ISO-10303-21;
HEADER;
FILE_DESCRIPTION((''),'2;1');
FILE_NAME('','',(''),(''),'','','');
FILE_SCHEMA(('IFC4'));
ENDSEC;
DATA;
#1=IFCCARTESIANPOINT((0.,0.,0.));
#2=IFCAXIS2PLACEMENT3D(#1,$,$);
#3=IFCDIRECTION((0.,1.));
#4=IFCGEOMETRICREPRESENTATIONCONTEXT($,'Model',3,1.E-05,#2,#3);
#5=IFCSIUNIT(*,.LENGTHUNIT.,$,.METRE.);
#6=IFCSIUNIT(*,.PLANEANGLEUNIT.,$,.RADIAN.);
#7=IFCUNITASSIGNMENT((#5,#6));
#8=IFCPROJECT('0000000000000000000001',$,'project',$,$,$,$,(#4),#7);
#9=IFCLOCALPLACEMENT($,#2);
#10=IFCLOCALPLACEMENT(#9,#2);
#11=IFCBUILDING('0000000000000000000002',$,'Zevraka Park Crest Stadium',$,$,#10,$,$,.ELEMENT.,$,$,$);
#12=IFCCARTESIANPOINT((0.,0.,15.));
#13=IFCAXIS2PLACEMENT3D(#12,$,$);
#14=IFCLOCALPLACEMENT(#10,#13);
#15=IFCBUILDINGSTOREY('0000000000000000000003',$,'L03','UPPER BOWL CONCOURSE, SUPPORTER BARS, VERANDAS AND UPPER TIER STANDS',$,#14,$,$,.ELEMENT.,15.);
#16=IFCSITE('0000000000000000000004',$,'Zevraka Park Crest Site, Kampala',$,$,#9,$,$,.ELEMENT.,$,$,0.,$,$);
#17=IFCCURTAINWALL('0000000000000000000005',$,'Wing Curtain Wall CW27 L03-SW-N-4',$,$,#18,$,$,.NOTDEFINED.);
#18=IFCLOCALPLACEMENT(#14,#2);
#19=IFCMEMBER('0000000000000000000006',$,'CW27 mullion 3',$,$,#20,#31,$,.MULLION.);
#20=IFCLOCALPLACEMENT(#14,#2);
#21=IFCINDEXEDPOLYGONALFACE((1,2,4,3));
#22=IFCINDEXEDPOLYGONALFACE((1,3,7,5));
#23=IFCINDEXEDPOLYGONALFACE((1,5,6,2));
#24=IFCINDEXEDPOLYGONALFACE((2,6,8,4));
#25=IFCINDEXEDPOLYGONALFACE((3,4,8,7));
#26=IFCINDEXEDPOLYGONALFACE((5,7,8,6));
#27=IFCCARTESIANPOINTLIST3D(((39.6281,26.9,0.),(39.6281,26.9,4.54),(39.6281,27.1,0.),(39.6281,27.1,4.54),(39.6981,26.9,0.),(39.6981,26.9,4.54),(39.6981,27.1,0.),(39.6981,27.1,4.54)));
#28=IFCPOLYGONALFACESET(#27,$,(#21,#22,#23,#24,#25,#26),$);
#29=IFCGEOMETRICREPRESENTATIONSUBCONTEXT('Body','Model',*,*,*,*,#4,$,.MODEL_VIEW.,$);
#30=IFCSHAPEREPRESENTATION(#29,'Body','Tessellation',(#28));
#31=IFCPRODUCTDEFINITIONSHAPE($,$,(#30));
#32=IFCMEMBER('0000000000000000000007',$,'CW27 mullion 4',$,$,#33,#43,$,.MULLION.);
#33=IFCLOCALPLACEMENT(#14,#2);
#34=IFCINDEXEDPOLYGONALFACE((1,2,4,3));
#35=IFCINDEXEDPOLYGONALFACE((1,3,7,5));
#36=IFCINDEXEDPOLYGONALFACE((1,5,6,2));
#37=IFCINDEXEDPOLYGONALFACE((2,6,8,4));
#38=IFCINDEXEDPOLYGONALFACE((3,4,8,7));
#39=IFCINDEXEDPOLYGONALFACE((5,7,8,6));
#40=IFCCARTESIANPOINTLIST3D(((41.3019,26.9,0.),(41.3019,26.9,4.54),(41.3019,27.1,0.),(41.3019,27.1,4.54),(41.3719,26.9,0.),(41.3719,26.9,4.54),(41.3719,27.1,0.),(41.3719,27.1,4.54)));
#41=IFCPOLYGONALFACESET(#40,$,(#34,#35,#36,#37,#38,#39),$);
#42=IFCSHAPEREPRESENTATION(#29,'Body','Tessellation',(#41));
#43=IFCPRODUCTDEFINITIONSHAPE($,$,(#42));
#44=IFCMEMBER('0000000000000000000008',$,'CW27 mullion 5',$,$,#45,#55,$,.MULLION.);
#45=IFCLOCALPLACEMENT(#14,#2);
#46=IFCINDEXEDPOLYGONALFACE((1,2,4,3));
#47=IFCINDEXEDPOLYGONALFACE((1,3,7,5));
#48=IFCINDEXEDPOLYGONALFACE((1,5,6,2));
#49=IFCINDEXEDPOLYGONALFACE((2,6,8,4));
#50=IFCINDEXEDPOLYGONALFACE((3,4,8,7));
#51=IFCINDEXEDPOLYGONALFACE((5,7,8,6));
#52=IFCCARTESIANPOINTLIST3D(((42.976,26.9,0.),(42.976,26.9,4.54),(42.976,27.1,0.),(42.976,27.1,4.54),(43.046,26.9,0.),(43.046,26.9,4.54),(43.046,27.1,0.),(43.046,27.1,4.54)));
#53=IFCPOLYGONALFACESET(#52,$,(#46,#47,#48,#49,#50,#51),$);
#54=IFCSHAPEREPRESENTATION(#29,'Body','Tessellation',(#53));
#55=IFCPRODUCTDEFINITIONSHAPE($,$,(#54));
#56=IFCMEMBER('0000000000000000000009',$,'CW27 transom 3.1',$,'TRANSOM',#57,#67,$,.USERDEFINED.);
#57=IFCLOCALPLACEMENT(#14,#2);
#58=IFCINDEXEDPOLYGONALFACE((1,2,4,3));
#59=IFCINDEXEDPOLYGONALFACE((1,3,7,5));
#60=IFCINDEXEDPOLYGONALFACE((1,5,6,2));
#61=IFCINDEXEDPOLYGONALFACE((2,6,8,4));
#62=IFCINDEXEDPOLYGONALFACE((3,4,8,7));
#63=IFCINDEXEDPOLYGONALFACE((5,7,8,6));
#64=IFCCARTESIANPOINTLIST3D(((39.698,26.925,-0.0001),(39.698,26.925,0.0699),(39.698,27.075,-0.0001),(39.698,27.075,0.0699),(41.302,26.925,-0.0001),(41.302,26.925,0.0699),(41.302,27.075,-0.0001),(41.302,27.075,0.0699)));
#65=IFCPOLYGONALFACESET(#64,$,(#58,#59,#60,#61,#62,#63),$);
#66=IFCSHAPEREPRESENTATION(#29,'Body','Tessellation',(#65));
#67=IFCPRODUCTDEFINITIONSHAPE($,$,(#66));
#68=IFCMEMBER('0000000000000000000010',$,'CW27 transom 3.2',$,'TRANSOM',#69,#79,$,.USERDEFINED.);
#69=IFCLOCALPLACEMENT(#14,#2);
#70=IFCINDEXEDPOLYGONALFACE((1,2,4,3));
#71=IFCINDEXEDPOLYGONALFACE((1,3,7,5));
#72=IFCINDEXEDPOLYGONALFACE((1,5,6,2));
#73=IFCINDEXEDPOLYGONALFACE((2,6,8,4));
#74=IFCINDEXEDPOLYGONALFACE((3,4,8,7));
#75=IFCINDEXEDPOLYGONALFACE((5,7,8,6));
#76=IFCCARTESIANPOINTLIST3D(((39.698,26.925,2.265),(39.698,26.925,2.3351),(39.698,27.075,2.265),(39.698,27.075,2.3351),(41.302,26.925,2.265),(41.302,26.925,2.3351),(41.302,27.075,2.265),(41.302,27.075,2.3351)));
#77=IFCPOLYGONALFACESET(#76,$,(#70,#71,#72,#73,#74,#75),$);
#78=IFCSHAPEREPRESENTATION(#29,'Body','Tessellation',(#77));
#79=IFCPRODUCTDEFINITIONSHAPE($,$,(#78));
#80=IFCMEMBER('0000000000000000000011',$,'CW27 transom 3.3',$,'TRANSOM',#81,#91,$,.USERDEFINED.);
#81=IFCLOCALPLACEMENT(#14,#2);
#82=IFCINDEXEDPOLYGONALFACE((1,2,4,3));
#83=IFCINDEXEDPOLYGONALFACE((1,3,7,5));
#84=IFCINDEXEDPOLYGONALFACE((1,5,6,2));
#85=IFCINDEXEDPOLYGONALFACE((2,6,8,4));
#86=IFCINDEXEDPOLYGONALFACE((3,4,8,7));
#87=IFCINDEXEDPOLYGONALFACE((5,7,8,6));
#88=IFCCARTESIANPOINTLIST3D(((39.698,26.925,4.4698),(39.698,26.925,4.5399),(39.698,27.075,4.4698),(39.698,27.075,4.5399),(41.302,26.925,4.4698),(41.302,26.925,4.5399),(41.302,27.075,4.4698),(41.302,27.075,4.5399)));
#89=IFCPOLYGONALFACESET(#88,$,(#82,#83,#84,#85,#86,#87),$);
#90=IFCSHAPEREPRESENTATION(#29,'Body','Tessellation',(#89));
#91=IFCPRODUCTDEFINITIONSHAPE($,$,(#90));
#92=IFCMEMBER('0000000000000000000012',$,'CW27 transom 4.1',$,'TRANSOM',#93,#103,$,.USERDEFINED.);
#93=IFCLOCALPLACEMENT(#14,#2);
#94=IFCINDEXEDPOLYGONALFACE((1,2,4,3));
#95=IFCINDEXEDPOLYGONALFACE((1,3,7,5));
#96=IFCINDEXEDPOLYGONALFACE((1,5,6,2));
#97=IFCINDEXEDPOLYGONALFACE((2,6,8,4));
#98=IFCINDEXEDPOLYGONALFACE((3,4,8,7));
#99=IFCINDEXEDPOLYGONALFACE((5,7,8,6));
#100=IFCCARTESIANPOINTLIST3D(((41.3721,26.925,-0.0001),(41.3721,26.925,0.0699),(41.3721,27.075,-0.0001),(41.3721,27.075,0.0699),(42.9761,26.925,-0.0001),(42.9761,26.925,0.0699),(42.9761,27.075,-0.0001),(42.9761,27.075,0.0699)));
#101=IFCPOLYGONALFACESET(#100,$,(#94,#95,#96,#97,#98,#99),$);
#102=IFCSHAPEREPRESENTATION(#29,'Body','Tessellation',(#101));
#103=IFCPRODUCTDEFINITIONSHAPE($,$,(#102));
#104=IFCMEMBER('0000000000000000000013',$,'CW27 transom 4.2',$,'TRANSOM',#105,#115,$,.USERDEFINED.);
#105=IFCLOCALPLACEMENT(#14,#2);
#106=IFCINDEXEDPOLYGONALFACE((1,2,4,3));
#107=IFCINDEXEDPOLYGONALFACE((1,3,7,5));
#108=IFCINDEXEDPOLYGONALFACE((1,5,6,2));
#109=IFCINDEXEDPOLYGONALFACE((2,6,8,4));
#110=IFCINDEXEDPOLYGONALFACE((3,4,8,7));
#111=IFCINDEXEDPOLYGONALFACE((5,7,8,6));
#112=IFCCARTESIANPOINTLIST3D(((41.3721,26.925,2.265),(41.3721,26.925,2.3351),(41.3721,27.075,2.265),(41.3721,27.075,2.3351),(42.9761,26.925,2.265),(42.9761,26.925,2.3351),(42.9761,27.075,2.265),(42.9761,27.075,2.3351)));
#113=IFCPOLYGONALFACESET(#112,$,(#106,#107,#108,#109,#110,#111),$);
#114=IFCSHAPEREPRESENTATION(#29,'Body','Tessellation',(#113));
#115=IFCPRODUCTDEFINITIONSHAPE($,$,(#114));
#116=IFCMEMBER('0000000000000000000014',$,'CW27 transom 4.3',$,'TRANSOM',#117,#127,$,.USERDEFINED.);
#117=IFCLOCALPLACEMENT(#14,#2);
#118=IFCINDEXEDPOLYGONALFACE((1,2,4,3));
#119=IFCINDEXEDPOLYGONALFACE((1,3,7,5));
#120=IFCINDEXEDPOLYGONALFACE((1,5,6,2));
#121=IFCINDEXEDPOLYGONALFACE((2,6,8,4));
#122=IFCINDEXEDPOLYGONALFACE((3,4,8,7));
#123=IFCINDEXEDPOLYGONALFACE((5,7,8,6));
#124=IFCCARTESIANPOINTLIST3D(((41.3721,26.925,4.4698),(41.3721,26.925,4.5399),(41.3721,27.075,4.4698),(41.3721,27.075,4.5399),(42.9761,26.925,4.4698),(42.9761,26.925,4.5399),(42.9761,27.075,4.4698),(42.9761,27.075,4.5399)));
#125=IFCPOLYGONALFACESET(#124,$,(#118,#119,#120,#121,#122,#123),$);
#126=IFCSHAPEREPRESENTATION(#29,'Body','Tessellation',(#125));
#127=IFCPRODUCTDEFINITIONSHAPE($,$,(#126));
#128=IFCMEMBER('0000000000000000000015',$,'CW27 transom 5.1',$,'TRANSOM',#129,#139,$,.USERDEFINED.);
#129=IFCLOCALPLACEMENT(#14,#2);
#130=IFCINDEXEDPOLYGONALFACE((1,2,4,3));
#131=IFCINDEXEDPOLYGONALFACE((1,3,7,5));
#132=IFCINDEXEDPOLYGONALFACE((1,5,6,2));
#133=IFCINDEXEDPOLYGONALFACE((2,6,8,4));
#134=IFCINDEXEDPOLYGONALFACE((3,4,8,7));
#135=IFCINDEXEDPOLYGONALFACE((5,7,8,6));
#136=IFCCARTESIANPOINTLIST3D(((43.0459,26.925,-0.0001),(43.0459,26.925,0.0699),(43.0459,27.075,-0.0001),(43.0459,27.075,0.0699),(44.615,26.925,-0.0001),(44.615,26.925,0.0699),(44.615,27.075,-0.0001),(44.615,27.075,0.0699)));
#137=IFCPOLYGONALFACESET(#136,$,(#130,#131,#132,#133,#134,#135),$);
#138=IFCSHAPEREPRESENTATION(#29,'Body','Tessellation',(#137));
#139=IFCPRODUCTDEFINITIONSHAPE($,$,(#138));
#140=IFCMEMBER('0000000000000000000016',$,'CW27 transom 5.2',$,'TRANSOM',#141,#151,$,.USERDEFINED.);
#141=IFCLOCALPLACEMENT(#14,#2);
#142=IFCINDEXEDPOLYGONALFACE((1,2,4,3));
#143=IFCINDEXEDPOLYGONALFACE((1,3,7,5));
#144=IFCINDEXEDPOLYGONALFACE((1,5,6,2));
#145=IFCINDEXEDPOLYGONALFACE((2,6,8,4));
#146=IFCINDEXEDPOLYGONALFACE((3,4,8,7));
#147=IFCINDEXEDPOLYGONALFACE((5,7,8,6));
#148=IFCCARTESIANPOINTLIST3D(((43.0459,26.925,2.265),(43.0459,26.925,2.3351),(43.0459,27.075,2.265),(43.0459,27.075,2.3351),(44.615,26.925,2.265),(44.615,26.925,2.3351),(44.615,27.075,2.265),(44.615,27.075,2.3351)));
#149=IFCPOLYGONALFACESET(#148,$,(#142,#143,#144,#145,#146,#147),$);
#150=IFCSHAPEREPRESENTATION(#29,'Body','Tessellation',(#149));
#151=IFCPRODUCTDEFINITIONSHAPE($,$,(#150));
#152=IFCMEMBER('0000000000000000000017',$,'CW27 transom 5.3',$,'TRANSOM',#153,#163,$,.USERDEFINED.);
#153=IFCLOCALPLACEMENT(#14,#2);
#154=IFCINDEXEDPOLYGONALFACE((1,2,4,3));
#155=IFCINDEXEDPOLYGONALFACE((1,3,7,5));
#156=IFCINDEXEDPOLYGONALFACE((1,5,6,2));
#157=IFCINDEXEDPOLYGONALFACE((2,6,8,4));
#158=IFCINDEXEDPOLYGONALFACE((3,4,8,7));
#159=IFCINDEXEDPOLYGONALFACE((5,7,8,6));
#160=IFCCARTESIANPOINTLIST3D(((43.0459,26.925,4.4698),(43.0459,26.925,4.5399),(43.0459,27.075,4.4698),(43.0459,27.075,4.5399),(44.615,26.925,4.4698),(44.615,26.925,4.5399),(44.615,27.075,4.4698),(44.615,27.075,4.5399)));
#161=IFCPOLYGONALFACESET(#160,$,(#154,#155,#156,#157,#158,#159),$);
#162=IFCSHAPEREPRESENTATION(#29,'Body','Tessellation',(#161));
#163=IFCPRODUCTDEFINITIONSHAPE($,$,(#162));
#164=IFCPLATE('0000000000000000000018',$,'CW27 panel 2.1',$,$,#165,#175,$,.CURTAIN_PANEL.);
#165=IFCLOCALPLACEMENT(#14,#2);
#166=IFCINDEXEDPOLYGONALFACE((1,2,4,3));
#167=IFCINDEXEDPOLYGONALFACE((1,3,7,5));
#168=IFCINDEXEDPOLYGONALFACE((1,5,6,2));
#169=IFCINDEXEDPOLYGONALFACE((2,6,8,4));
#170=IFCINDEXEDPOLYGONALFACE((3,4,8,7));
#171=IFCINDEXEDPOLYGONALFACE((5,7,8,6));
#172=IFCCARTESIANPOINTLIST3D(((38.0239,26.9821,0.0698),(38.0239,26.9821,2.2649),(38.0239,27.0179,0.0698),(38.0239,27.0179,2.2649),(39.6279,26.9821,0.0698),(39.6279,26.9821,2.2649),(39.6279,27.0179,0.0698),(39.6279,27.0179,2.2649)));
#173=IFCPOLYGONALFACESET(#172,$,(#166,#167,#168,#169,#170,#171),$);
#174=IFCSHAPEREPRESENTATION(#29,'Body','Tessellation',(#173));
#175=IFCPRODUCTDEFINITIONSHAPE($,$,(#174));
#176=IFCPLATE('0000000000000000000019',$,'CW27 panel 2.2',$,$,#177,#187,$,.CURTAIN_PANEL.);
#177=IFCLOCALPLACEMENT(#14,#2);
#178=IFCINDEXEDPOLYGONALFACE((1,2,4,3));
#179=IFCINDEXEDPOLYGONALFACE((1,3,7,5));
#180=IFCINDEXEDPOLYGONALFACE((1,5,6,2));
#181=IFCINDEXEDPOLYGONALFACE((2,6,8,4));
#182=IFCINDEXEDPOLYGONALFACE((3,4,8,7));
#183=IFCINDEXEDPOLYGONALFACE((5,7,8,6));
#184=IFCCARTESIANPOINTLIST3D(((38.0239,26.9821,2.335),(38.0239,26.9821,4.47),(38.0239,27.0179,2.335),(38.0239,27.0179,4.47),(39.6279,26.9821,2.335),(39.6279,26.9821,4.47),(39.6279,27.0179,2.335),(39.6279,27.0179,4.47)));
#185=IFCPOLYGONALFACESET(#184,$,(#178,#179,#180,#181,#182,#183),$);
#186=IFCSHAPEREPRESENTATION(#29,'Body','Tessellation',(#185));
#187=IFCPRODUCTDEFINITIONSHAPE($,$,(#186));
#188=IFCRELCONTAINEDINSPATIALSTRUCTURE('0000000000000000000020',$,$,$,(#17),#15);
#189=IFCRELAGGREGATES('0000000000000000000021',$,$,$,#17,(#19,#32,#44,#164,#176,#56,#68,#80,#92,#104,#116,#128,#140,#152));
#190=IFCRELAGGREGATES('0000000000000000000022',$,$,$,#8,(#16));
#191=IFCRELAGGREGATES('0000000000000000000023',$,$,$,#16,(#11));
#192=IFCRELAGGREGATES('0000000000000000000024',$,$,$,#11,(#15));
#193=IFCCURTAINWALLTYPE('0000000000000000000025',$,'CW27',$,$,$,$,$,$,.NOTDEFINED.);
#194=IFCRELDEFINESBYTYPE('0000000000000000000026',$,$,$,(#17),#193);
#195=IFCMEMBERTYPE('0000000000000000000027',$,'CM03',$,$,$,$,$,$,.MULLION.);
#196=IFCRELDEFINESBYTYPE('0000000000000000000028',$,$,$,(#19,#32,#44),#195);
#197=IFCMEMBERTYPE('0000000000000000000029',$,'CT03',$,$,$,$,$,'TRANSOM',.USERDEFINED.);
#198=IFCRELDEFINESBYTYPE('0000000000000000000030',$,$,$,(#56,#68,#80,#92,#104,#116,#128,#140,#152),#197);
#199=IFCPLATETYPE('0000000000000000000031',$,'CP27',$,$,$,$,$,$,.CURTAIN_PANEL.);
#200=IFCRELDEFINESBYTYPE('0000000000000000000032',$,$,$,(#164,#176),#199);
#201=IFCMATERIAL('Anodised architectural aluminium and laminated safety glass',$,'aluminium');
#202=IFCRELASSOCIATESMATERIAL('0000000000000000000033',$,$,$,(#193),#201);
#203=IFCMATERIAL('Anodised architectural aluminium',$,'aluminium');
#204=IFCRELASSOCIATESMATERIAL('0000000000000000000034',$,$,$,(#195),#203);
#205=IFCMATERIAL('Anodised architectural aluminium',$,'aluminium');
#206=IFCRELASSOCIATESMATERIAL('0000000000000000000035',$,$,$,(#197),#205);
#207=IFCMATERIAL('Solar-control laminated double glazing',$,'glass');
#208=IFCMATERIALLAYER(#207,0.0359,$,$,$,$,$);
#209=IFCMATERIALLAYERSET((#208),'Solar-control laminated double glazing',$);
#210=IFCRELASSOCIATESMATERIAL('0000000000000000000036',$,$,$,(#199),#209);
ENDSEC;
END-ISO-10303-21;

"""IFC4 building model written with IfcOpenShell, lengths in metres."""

from ifc_helpers import new_model, si_unit, direction, frame, origin, origin_2d, place, context, subcontext, project, spatial, rectangle, extrude, material, layer, layer_set, material_profile, profile_set, type_object, element, aggregate, save


model = new_model("IFC4")

# Units and contexts
model_context = context("Model", 3, precision=1e-05, world=origin(), true_north=direction((0.0, 1.0)))
body_context = subcontext(model_context, "Body", "Model", "MODEL_VIEW")
ifc_project = project(units=[si_unit("LENGTHUNIT", "METRE"), si_unit("PLANEANGLEUNIT", "RADIAN")], contexts=[model_context])

# Site, building, storey
site_placement = place(None, origin())
site = spatial("IfcSite", under=ifc_project, at=site_placement, Name="Zevraka Park Crest Site, Kampala", CompositionType="ELEMENT", RefElevation=0.0)
building_placement = place(site_placement, origin())
building = spatial("IfcBuilding", under=site, at=building_placement, Name="Zevraka Park Crest Stadium", CompositionType="ELEMENT")
storey_placement = place(building_placement, frame((0.0, 0.0, 15.0)))
storey = spatial("IfcBuildingStorey", under=building, at=storey_placement, Name="L03", Description="UPPER BOWL CONCOURSE, SUPPORTER BARS, VERANDAS AND UPPER TIER STANDS", CompositionType="ELEMENT", Elevation=15.0)

# Curtain wall, members, plates
ifc_material_1 = material(Name="Anodised architectural aluminium and laminated safety glass", Category="aluminium")
curtain_wall_type = type_object("IfcCurtainWallType", Name="CW27", PredefinedType="NOTDEFINED", material=ifc_material_1)
curtain_wall_placement = place(storey_placement, origin())
curtain_wall = element("IfcCurtainWall", 1, at=curtain_wall_placement, inside=storey, type_object=curtain_wall_type, Name="Wing Curtain Wall CW27 L03-SW-N-4", PredefinedType="NOTDEFINED")
ifc_material_2 = material(Name="Anodised architectural aluminium", Category="aluminium")
ifc_material_profile_1 = material_profile(ifc_material_2, rectangle(XDim=0.2, YDim=0.0701, at=origin_2d()), Name="ALU MULLION 200x70")
ifc_profile_set_1 = profile_set([ifc_material_profile_1], Name="Anodised architectural aluminium")
member_type_1 = type_object("IfcMemberType", Name="CM03", PredefinedType="MULLION", material=ifc_profile_set_1)
member_1_placement = place(storey_placement, frame((39.6631, 27.0, 0.0), z_axis=(0.0, 0.0, 1.0), x_axis=(0.0, 1.0, 0.0)))
member_1 = element("IfcMember", 2, at=member_1_placement, type_object=member_type_1, Name="CW27 mullion 3", PredefinedType="MULLION", context=body_context, shape_type="SweptSolid", body=[
    extrude(rectangle(XDim=0.2, YDim=0.0701, at=origin_2d()), origin(), (0.0, 0.0, 1.0), 4.54),
])
member_2_placement = place(storey_placement, frame((41.3369, 27.0, 0.0), z_axis=(0.0, 0.0, 1.0), x_axis=(0.0, 1.0, 0.0)))
member_2 = element("IfcMember", 3, at=member_2_placement, type_object=member_type_1, Name="CW27 mullion 4", PredefinedType="MULLION", context=body_context, shape_type="SweptSolid", body=[
    extrude(rectangle(XDim=0.2, YDim=0.0701, at=origin_2d()), origin(), (0.0, 0.0, 1.0), 4.54),
])
member_3_placement = place(storey_placement, frame((43.011, 27.0, 0.0), z_axis=(0.0, 0.0, 1.0), x_axis=(0.0, 1.0, 0.0)))
member_3 = element("IfcMember", 4, at=member_3_placement, type_object=member_type_1, Name="CW27 mullion 5", PredefinedType="MULLION", context=body_context, shape_type="SweptSolid", body=[
    extrude(rectangle(XDim=0.2, YDim=0.0701, at=origin_2d()), origin(), (0.0, 0.0, 1.0), 4.54),
])
ifc_material_3 = material(Name="Anodised architectural aluminium", Category="aluminium")
ifc_material_profile_2 = material_profile(ifc_material_3, rectangle(XDim=0.1499, YDim=0.0701, at=origin_2d()), Name="ALU TRANSOM 150x70")
ifc_profile_set_2 = profile_set([ifc_material_profile_2], Name="Anodised architectural aluminium")
member_type_2 = type_object("IfcMemberType", Name="CT03", ElementType="TRANSOM", PredefinedType="USERDEFINED", material=ifc_profile_set_2)
member_4_placement = place(storey_placement, frame((39.698, 27.0, 0.0349), z_axis=(1.0, 0.0, 0.0), x_axis=(0.0, 1.0, 0.0)))
member_4 = element("IfcMember", 5, at=member_4_placement, type_object=member_type_2, Name="CW27 transom 3.1", ObjectType="TRANSOM", PredefinedType="USERDEFINED", context=body_context, shape_type="SweptSolid", body=[
    extrude(rectangle(XDim=0.1499, YDim=0.0701, at=origin_2d()), origin(), (0.0, 0.0, 1.0), 1.604),
])
member_5_placement = place(storey_placement, frame((39.698, 27.0, 2.3), z_axis=(1.0, 0.0, 0.0), x_axis=(0.0, 1.0, 0.0)))
member_5 = element("IfcMember", 6, at=member_5_placement, type_object=member_type_2, Name="CW27 transom 3.2", ObjectType="TRANSOM", PredefinedType="USERDEFINED", context=body_context, shape_type="SweptSolid", body=[
    extrude(rectangle(XDim=0.1499, YDim=0.0701, at=origin_2d()), origin(), (0.0, 0.0, 1.0), 1.604),
])
member_6_placement = place(storey_placement, frame((39.698, 27.0, 4.5049), z_axis=(1.0, 0.0, 0.0), x_axis=(0.0, 1.0, 0.0)))
member_6 = element("IfcMember", 7, at=member_6_placement, type_object=member_type_2, Name="CW27 transom 3.3", ObjectType="TRANSOM", PredefinedType="USERDEFINED", context=body_context, shape_type="SweptSolid", body=[
    extrude(rectangle(XDim=0.1499, YDim=0.0701, at=origin_2d()), origin(), (0.0, 0.0, 1.0), 1.604),
])
member_7_placement = place(storey_placement, frame((41.3721, 27.0, 0.0349), z_axis=(1.0, 0.0, 0.0), x_axis=(0.0, 1.0, 0.0)))
member_7 = element("IfcMember", 8, at=member_7_placement, type_object=member_type_2, Name="CW27 transom 4.1", ObjectType="TRANSOM", PredefinedType="USERDEFINED", context=body_context, shape_type="SweptSolid", body=[
    extrude(rectangle(XDim=0.1499, YDim=0.0701, at=origin_2d()), origin(), (0.0, 0.0, 1.0), 1.604),
])
member_8_placement = place(storey_placement, frame((41.3721, 27.0, 2.3), z_axis=(1.0, 0.0, 0.0), x_axis=(0.0, 1.0, 0.0)))
member_8 = element("IfcMember", 9, at=member_8_placement, type_object=member_type_2, Name="CW27 transom 4.2", ObjectType="TRANSOM", PredefinedType="USERDEFINED", context=body_context, shape_type="SweptSolid", body=[
    extrude(rectangle(XDim=0.1499, YDim=0.0701, at=origin_2d()), origin(), (0.0, 0.0, 1.0), 1.604),
])
member_9_placement = place(storey_placement, frame((41.3721, 27.0, 4.5049), z_axis=(1.0, 0.0, 0.0), x_axis=(0.0, 1.0, 0.0)))
member_9 = element("IfcMember", 10, at=member_9_placement, type_object=member_type_2, Name="CW27 transom 4.3", ObjectType="TRANSOM", PredefinedType="USERDEFINED", context=body_context, shape_type="SweptSolid", body=[
    extrude(rectangle(XDim=0.1499, YDim=0.0701, at=origin_2d()), origin(), (0.0, 0.0, 1.0), 1.604),
])
member_10_placement = place(storey_placement, frame((43.0459, 27.0, 0.0349), z_axis=(1.0, 0.0, 0.0), x_axis=(0.0, 1.0, 0.0)))
member_10 = element("IfcMember", 11, at=member_10_placement, type_object=member_type_2, Name="CW27 transom 5.1", ObjectType="TRANSOM", PredefinedType="USERDEFINED", context=body_context, shape_type="SweptSolid", body=[
    extrude(rectangle(XDim=0.1499, YDim=0.0701, at=origin_2d()), origin(), (0.0, 0.0, 1.0), 1.5691),
])
member_11_placement = place(storey_placement, frame((43.0459, 27.0, 2.3), z_axis=(1.0, 0.0, 0.0), x_axis=(0.0, 1.0, 0.0)))
member_11 = element("IfcMember", 12, at=member_11_placement, type_object=member_type_2, Name="CW27 transom 5.2", ObjectType="TRANSOM", PredefinedType="USERDEFINED", context=body_context, shape_type="SweptSolid", body=[
    extrude(rectangle(XDim=0.1499, YDim=0.0701, at=origin_2d()), origin(), (0.0, 0.0, 1.0), 1.5691),
])
member_12_placement = place(storey_placement, frame((43.0459, 27.0, 4.5049), z_axis=(1.0, 0.0, 0.0), x_axis=(0.0, 1.0, 0.0)))
member_12 = element("IfcMember", 13, at=member_12_placement, type_object=member_type_2, Name="CW27 transom 5.3", ObjectType="TRANSOM", PredefinedType="USERDEFINED", context=body_context, shape_type="SweptSolid", body=[
    extrude(rectangle(XDim=0.1499, YDim=0.0701, at=origin_2d()), origin(), (0.0, 0.0, 1.0), 1.5691),
])
ifc_material_4 = material(Name="Solar-control laminated double glazing", Category="glass")
ifc_layer_1 = layer(ifc_material_4, 0.0359)
ifc_layer_set_1 = layer_set([ifc_layer_1], Name="Solar-control laminated double glazing")
plate_type = type_object("IfcPlateType", Name="CP27", PredefinedType="CURTAIN_PANEL", material=ifc_layer_set_1)
plate_1_placement = place(storey_placement, frame((38.8259, 27.0, 0.0698), z_axis=(0.0, 0.0, 1.0), x_axis=(1.0, 0.0, 0.0)))
plate_1 = element("IfcPlate", 14, at=plate_1_placement, type_object=plate_type, Name="CW27 panel 2.1", PredefinedType="CURTAIN_PANEL", context=body_context, shape_type="SweptSolid", body=[
    extrude(rectangle(XDim=1.604, YDim=0.0359, at=origin_2d()), origin(), (0.0, 0.0, 1.0), 2.1951),
])
plate_2_placement = place(storey_placement, frame((38.8259, 27.0, 2.335), z_axis=(0.0, 0.0, 1.0), x_axis=(1.0, 0.0, 0.0)))
plate_2 = element("IfcPlate", 15, at=plate_2_placement, type_object=plate_type, Name="CW27 panel 2.2", PredefinedType="CURTAIN_PANEL", context=body_context, shape_type="SweptSolid", body=[
    extrude(rectangle(XDim=1.604, YDim=0.0359, at=origin_2d()), origin(), (0.0, 0.0, 1.0), 2.135),
])
aggregate(curtain_wall, [member_1, member_2, member_3, plate_1, plate_2, member_4, member_5, member_6, member_7, member_8, member_9, member_10, member_11, member_12])

save(model, "model.ifc")
